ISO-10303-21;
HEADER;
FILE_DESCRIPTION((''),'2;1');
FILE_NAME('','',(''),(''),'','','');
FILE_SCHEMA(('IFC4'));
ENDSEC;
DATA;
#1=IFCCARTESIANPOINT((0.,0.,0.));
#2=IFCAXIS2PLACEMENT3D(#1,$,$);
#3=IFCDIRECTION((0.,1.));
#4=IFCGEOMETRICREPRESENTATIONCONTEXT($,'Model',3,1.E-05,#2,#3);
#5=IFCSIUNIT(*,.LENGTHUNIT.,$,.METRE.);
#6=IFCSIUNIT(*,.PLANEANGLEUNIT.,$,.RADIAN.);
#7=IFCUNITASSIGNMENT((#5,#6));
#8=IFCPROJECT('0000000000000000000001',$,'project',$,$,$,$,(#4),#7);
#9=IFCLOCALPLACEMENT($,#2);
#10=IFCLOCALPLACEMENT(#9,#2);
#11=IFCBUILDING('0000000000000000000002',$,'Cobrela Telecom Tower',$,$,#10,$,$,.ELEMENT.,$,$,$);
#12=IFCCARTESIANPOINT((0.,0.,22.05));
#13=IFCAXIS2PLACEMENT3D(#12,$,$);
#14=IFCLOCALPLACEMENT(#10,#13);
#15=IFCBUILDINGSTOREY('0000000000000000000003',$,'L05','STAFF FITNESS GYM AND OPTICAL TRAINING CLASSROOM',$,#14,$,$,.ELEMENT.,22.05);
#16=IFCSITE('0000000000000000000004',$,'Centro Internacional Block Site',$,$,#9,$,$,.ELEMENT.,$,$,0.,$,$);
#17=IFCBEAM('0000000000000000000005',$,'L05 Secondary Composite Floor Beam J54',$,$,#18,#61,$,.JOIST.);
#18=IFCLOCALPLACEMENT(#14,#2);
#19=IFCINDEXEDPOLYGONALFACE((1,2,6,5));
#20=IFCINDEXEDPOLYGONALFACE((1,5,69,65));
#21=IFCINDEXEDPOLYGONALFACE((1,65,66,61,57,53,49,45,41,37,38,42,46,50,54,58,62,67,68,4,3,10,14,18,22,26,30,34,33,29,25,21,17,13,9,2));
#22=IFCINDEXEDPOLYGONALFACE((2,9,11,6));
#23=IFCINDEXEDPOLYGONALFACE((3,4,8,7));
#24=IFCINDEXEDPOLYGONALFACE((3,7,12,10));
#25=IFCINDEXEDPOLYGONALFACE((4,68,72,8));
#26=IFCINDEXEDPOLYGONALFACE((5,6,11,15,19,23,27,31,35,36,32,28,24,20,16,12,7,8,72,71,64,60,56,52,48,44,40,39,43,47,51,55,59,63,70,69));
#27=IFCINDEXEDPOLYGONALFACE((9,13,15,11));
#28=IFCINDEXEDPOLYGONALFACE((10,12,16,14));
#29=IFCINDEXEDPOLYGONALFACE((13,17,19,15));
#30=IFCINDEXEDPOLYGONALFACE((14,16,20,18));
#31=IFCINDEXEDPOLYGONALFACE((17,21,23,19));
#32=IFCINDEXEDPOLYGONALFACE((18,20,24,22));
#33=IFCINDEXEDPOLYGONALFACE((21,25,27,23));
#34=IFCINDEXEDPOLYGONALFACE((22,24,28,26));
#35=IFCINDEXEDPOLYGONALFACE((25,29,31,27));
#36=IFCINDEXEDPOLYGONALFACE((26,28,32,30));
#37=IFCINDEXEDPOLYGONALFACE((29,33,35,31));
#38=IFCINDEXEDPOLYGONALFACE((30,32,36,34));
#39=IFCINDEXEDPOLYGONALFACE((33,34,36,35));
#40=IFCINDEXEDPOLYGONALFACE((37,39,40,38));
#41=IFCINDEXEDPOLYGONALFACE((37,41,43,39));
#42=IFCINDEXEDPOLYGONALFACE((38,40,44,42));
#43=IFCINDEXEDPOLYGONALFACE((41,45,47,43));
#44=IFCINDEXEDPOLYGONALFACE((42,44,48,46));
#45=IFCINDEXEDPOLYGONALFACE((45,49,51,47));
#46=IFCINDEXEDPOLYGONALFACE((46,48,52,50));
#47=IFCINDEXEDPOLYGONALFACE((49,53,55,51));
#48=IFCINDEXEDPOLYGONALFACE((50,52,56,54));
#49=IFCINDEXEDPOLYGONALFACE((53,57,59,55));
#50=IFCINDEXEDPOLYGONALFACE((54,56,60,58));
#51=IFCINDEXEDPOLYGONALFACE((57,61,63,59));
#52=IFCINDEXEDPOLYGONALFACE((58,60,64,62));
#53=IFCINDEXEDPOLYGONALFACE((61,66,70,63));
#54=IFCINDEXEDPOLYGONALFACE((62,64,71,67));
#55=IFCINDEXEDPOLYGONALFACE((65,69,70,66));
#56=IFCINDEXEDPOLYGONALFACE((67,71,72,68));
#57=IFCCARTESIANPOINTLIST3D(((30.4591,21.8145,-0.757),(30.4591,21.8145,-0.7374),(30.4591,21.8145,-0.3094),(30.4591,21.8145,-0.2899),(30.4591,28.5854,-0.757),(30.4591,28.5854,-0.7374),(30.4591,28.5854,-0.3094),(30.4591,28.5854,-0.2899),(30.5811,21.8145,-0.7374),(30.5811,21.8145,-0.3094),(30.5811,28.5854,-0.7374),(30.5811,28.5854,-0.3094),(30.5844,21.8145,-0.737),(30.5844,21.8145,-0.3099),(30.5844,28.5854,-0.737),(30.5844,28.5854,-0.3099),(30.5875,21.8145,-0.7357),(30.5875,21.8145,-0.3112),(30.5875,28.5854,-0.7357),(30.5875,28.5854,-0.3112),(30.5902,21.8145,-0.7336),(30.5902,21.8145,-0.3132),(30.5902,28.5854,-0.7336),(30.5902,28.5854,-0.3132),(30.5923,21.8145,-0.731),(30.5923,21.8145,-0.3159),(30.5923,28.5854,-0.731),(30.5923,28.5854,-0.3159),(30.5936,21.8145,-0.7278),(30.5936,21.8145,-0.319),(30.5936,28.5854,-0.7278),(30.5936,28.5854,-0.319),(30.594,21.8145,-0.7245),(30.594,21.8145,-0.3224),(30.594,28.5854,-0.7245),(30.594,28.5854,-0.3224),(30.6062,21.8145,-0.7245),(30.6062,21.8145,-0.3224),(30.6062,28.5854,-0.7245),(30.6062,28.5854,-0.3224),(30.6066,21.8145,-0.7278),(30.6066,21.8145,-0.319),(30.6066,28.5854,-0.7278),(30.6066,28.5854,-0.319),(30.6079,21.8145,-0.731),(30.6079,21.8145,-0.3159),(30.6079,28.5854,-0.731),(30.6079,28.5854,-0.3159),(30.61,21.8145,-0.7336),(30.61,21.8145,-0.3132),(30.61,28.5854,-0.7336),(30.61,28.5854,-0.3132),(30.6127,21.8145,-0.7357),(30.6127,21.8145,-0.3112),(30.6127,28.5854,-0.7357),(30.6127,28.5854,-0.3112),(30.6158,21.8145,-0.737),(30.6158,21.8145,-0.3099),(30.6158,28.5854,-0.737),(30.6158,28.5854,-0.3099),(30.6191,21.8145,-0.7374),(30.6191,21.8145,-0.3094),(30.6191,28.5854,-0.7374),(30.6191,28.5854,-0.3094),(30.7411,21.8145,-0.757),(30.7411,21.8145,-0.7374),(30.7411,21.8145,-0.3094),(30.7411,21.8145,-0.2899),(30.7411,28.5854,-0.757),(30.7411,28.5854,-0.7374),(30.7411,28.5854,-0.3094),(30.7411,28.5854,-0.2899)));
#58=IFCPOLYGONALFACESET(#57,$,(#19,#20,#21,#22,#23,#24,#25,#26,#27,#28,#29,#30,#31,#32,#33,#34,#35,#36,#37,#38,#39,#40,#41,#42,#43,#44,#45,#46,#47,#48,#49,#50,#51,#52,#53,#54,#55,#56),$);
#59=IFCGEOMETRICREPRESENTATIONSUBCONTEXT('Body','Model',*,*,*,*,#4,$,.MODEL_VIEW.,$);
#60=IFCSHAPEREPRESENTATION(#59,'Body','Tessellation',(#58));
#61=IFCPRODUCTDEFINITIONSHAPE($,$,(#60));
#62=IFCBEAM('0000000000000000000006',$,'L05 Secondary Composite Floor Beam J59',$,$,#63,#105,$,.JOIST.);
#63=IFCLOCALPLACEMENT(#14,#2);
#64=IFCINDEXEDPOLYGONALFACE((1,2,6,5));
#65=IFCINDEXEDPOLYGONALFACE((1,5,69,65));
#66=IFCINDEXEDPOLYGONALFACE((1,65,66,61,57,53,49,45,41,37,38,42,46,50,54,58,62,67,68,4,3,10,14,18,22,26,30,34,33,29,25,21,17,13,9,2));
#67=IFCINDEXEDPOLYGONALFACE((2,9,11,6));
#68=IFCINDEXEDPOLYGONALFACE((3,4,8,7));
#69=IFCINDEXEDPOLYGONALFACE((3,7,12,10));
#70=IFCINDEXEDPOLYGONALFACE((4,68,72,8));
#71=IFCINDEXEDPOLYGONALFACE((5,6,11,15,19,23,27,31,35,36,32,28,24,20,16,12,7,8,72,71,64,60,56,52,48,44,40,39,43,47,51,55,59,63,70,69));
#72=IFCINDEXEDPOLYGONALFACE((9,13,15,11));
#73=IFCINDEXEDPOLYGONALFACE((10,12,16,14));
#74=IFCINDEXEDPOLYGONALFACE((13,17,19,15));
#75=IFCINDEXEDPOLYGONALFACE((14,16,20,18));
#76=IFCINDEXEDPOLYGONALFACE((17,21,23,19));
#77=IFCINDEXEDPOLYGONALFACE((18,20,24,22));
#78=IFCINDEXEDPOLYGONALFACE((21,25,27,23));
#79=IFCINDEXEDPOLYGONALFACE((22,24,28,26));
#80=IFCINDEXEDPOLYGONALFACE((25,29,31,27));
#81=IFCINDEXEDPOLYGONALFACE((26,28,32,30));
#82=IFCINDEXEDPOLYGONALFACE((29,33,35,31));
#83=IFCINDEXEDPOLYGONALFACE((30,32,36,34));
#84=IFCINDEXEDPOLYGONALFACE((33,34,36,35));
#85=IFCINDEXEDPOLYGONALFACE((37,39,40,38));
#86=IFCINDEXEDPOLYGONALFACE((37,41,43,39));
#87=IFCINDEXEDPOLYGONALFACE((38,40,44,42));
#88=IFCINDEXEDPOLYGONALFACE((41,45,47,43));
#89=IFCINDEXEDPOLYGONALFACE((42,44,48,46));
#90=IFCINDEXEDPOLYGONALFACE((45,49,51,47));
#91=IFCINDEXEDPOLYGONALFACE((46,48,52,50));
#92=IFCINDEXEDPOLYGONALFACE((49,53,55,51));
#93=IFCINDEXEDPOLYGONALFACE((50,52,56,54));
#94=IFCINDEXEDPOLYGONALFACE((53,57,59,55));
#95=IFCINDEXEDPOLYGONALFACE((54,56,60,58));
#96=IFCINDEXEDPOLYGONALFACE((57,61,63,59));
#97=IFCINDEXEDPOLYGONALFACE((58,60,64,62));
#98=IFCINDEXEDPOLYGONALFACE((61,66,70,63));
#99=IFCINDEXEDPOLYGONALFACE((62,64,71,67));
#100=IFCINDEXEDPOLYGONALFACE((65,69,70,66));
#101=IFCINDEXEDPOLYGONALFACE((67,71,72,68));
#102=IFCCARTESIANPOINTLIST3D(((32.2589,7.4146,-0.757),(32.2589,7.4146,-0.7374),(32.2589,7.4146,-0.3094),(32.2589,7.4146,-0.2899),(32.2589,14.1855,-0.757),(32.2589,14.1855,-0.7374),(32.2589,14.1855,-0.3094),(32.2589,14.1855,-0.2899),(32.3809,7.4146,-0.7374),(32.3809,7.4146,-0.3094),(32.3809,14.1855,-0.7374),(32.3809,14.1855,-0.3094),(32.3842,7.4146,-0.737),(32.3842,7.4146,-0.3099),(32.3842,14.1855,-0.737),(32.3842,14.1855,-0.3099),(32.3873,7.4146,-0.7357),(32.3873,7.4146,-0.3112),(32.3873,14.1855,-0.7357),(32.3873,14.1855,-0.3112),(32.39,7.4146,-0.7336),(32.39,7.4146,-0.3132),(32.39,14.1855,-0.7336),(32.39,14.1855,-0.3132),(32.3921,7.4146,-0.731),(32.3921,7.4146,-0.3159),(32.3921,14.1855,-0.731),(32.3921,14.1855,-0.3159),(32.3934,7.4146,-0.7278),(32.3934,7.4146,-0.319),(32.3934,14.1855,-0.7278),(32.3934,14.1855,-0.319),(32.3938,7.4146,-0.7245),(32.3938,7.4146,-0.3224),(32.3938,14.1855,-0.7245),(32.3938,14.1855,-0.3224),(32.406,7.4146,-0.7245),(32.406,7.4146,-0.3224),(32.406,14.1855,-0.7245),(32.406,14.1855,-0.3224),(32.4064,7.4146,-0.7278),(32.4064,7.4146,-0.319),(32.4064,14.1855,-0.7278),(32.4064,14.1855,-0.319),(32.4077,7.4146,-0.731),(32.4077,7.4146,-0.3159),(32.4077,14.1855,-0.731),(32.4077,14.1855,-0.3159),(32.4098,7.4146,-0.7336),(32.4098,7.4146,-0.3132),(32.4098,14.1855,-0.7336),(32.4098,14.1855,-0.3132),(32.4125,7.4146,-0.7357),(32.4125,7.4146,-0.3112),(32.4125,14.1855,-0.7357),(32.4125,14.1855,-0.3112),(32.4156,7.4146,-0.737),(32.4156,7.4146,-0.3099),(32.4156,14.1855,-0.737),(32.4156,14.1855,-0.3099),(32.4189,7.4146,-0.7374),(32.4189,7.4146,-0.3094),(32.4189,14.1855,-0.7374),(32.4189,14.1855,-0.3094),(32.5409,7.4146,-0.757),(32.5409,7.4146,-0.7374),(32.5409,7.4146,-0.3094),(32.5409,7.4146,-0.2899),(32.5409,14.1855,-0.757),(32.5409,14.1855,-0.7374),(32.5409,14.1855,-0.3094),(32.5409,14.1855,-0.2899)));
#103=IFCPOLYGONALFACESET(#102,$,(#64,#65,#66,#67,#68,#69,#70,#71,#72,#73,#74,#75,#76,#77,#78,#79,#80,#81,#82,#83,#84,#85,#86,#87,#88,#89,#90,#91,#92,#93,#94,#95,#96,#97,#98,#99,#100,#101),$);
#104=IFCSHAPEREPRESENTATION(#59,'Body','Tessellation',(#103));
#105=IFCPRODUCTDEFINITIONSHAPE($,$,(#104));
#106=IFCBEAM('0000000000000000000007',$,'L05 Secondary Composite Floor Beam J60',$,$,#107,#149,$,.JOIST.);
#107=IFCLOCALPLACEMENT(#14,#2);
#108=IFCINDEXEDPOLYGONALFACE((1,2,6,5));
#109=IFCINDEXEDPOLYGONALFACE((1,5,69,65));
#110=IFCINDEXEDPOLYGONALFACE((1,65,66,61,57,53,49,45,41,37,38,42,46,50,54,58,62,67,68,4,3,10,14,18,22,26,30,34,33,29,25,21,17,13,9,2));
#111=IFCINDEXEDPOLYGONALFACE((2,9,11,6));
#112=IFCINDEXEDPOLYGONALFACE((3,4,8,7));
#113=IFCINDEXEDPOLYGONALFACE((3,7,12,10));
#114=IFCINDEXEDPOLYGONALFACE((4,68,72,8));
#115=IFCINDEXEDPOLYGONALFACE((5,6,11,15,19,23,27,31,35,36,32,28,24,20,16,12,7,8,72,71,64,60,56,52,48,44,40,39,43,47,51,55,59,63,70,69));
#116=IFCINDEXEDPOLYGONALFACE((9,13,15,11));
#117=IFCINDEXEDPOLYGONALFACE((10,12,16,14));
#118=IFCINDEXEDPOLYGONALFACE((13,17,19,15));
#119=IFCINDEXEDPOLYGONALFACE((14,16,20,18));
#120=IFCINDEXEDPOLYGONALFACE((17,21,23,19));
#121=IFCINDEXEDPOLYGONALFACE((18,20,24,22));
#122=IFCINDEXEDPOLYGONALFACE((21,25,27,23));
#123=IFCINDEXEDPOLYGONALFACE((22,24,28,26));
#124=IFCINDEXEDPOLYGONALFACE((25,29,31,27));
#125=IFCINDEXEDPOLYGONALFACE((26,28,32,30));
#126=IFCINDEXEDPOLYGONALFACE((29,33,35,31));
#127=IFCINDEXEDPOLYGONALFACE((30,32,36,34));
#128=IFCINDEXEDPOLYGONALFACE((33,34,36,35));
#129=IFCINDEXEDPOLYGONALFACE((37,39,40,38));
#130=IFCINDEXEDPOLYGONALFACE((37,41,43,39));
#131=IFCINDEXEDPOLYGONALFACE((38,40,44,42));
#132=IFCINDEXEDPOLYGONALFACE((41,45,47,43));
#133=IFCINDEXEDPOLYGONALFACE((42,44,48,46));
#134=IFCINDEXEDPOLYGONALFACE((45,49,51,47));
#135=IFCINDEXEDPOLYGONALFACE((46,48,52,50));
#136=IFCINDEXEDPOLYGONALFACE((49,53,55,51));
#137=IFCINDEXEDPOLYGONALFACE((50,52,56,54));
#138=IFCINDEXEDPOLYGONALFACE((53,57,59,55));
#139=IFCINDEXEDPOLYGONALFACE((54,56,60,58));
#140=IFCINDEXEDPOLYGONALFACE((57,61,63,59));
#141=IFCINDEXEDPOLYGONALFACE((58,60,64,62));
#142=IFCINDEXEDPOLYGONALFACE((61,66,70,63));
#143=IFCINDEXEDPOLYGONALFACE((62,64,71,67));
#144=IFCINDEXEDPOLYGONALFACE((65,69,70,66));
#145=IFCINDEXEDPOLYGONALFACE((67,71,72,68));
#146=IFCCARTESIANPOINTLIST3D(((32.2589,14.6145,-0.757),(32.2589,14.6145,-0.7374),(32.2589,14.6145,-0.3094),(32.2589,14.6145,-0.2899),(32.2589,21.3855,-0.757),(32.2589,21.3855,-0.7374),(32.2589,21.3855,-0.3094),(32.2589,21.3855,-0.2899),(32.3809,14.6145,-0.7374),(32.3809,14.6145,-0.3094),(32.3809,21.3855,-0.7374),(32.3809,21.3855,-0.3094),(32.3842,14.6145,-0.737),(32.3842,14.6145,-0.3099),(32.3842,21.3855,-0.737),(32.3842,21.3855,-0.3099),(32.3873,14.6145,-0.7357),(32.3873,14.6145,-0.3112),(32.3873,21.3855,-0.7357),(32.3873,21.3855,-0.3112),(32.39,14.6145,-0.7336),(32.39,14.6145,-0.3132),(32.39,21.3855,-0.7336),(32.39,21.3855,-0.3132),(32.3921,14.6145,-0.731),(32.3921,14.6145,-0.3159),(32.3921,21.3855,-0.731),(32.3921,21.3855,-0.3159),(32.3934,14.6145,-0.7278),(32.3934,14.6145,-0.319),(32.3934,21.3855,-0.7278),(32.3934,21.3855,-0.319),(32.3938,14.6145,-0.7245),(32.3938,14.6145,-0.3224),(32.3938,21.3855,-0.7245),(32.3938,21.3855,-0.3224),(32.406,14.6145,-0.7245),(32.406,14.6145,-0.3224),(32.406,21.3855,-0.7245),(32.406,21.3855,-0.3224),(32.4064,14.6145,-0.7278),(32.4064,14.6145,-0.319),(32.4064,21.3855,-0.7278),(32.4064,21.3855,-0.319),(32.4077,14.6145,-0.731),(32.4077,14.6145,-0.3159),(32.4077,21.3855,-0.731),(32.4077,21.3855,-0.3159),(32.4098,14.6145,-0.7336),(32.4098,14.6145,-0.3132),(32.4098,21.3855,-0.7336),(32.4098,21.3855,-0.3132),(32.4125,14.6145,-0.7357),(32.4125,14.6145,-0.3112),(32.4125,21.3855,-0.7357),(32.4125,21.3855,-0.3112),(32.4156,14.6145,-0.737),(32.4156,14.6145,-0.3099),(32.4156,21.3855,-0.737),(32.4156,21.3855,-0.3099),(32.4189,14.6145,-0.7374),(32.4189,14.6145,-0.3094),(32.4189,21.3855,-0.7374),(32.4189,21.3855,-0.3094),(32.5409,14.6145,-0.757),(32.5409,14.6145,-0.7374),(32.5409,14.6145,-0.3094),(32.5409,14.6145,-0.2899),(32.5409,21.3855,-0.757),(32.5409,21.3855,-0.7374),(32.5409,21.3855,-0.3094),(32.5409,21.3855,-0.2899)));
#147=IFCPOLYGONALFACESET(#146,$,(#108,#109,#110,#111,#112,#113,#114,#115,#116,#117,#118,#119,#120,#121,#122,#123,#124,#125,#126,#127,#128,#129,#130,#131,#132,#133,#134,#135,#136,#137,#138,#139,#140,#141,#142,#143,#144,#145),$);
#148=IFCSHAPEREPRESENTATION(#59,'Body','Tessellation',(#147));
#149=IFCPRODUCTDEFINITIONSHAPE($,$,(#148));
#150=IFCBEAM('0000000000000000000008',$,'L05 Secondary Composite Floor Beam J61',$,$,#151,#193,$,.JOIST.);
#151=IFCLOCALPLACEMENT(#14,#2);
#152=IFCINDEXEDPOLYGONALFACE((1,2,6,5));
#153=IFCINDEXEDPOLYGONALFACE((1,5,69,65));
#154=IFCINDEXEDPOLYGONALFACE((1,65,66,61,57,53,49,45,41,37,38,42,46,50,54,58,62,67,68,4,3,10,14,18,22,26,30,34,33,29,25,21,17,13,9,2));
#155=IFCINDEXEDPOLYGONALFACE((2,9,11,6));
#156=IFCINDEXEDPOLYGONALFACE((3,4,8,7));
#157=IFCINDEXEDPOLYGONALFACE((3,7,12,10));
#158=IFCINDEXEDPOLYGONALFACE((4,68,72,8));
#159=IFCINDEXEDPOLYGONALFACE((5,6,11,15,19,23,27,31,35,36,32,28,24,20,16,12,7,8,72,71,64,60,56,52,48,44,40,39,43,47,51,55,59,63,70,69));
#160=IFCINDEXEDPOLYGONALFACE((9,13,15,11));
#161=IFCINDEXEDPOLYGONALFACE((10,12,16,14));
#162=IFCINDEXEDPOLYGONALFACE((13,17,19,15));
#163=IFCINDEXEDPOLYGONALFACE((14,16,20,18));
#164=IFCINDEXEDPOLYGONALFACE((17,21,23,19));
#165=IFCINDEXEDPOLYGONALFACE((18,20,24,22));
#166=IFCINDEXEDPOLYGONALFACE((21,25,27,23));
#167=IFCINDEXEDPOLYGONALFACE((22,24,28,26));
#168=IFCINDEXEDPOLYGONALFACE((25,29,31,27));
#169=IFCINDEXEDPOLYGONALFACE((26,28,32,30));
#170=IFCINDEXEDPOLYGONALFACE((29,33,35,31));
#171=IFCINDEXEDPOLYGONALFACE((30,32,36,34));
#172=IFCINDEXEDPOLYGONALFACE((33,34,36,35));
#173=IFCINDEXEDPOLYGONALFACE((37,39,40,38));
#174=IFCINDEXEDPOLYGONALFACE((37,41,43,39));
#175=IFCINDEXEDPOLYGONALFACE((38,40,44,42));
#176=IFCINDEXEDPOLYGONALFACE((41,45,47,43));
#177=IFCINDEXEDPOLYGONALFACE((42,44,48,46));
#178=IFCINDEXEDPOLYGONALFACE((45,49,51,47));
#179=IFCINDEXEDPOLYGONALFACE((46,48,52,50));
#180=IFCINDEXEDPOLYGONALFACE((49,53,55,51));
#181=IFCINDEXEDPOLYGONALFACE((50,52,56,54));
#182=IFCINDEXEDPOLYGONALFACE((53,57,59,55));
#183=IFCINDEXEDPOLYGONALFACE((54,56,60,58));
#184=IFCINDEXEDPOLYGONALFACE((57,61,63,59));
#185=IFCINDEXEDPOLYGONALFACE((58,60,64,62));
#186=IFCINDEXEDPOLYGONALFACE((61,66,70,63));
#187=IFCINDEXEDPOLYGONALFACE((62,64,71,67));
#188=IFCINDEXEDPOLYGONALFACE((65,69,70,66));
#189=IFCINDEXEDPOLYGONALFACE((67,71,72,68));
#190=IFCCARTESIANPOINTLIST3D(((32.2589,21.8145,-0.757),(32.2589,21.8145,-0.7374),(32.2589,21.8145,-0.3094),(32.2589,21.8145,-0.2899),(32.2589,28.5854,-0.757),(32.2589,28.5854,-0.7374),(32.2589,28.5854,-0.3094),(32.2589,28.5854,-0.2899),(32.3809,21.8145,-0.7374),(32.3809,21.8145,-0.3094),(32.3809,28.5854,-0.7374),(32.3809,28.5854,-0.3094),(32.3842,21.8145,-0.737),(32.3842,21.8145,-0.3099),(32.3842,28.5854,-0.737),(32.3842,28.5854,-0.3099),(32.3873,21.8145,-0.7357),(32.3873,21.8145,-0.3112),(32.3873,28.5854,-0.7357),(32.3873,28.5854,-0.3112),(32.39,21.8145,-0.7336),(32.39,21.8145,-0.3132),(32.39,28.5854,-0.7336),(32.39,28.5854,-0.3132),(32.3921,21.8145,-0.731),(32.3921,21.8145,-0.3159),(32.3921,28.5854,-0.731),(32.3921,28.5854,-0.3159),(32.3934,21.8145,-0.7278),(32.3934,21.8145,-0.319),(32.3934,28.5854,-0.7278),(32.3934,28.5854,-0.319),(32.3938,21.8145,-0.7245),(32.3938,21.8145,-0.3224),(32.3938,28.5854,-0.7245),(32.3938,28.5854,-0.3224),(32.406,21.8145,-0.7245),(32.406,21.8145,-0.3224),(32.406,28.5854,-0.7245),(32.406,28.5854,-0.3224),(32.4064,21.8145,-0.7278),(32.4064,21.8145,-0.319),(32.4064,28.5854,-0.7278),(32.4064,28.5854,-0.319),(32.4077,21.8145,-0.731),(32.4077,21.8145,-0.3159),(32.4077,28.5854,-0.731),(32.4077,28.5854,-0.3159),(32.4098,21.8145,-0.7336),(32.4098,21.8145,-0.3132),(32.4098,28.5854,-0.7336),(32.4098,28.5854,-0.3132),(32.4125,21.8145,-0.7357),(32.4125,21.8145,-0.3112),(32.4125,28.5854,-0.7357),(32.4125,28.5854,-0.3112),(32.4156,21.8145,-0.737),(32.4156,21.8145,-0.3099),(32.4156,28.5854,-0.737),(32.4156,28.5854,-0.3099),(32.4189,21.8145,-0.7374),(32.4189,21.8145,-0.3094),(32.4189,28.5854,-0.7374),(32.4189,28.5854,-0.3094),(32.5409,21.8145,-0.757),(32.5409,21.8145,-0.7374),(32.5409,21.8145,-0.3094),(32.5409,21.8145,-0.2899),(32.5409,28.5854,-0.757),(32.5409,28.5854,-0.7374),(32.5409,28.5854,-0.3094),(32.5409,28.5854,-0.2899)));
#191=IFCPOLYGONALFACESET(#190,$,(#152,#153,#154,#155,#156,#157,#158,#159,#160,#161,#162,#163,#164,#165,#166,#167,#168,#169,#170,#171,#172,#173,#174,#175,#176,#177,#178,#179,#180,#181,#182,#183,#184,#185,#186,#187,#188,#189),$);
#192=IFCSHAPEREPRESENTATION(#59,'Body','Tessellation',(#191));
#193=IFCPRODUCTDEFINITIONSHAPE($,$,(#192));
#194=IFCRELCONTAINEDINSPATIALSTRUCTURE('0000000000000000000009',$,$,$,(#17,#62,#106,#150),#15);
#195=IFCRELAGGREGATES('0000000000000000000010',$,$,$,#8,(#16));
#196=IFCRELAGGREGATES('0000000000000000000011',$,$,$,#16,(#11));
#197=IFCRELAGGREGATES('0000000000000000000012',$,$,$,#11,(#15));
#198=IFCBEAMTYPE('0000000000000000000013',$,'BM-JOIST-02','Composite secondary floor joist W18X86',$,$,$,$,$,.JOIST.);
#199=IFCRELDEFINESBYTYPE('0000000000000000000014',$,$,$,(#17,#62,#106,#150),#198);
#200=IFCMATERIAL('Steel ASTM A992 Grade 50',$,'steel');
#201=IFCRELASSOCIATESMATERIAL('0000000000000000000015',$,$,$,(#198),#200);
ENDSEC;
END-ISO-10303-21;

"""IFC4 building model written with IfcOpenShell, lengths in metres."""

from ifc_helpers import new_model, si_unit, direction, frame, origin, origin_2d, place, context, subcontext, project, spatial, i_section, extrude, material, material_profile, profile_set, type_object, element, save


model = new_model("IFC4")

# Units and contexts
model_context = context("Model", 3, precision=1e-05, world=origin(), true_north=direction((0.0, 1.0)))
body_context = subcontext(model_context, "Body", "Model", "MODEL_VIEW")
ifc_project = project(units=[si_unit("LENGTHUNIT", "METRE"), si_unit("PLANEANGLEUNIT", "RADIAN")], contexts=[model_context])

# Site, building, storey
site_placement = place(None, origin())
site = spatial("IfcSite", under=ifc_project, at=site_placement, Name="Centro Internacional Block Site", CompositionType="ELEMENT", RefElevation=0.0)
building_placement = place(site_placement, origin())
building = spatial("IfcBuilding", under=site, at=building_placement, Name="Cobrela Telecom Tower", CompositionType="ELEMENT")
storey_placement = place(building_placement, frame((0.0, 0.0, 22.05)))
storey = spatial("IfcBuildingStorey", under=building, at=storey_placement, Name="L05", Description="STAFF FITNESS GYM AND OPTICAL TRAINING CLASSROOM", CompositionType="ELEMENT", Elevation=22.05)

# Beams
ifc_material_1 = material(Name="Steel ASTM A992 Grade 50", Category="steel")
ifc_material_profile_1 = material_profile(ifc_material_1, i_section(OverallWidth=0.282, OverallDepth=0.467, WebThickness=0.0122, FlangeThickness=0.0195, FilletRadius=0.0129, at=origin_2d()), Name="W18X86")
ifc_profile_set_1 = profile_set([ifc_material_profile_1], Name="Steel ASTM A992 Grade 50")
beam_type_1 = type_object("IfcBeamType", Name="BM-JOIST-02", Description="Composite secondary floor joist W18X86", PredefinedType="JOIST", material=ifc_profile_set_1)
for number, where, z_axis, x_axis, name in (
    (1, (30.6001, 21.8145, -0.5234), (0.0, 1.0, 0.0), (-1.0, 0.0, 0.0), "L05 Secondary Composite Floor Beam J54"),
    (2, (32.3999, 7.4146, -0.5234), (0.0, 1.0, 0.0), (-1.0, 0.0, 0.0), "L05 Secondary Composite Floor Beam J59"),
    (3, (32.3999, 14.6145, -0.5234), (0.0, 1.0, 0.0), (-1.0, 0.0, 0.0), "L05 Secondary Composite Floor Beam J60"),
    (4, (32.3999, 21.8145, -0.5234), (0.0, 1.0, 0.0), (-1.0, 0.0, 0.0), "L05 Secondary Composite Floor Beam J61"),
):
    element("IfcBeam", number, at=place(storey_placement, frame(where, z_axis=z_axis, x_axis=x_axis)), inside=storey, type_object=beam_type_1, Name=name, PredefinedType="JOIST", context=body_context, shape_type="SweptSolid", body=[
        extrude(i_section(OverallWidth=0.282, OverallDepth=0.467, WebThickness=0.0122, FlangeThickness=0.0195, FilletRadius=0.0129, at=origin_2d()), origin(), (0.0, 0.0, 1.0), 6.771),
    ])

save(model, "model.ifc")
